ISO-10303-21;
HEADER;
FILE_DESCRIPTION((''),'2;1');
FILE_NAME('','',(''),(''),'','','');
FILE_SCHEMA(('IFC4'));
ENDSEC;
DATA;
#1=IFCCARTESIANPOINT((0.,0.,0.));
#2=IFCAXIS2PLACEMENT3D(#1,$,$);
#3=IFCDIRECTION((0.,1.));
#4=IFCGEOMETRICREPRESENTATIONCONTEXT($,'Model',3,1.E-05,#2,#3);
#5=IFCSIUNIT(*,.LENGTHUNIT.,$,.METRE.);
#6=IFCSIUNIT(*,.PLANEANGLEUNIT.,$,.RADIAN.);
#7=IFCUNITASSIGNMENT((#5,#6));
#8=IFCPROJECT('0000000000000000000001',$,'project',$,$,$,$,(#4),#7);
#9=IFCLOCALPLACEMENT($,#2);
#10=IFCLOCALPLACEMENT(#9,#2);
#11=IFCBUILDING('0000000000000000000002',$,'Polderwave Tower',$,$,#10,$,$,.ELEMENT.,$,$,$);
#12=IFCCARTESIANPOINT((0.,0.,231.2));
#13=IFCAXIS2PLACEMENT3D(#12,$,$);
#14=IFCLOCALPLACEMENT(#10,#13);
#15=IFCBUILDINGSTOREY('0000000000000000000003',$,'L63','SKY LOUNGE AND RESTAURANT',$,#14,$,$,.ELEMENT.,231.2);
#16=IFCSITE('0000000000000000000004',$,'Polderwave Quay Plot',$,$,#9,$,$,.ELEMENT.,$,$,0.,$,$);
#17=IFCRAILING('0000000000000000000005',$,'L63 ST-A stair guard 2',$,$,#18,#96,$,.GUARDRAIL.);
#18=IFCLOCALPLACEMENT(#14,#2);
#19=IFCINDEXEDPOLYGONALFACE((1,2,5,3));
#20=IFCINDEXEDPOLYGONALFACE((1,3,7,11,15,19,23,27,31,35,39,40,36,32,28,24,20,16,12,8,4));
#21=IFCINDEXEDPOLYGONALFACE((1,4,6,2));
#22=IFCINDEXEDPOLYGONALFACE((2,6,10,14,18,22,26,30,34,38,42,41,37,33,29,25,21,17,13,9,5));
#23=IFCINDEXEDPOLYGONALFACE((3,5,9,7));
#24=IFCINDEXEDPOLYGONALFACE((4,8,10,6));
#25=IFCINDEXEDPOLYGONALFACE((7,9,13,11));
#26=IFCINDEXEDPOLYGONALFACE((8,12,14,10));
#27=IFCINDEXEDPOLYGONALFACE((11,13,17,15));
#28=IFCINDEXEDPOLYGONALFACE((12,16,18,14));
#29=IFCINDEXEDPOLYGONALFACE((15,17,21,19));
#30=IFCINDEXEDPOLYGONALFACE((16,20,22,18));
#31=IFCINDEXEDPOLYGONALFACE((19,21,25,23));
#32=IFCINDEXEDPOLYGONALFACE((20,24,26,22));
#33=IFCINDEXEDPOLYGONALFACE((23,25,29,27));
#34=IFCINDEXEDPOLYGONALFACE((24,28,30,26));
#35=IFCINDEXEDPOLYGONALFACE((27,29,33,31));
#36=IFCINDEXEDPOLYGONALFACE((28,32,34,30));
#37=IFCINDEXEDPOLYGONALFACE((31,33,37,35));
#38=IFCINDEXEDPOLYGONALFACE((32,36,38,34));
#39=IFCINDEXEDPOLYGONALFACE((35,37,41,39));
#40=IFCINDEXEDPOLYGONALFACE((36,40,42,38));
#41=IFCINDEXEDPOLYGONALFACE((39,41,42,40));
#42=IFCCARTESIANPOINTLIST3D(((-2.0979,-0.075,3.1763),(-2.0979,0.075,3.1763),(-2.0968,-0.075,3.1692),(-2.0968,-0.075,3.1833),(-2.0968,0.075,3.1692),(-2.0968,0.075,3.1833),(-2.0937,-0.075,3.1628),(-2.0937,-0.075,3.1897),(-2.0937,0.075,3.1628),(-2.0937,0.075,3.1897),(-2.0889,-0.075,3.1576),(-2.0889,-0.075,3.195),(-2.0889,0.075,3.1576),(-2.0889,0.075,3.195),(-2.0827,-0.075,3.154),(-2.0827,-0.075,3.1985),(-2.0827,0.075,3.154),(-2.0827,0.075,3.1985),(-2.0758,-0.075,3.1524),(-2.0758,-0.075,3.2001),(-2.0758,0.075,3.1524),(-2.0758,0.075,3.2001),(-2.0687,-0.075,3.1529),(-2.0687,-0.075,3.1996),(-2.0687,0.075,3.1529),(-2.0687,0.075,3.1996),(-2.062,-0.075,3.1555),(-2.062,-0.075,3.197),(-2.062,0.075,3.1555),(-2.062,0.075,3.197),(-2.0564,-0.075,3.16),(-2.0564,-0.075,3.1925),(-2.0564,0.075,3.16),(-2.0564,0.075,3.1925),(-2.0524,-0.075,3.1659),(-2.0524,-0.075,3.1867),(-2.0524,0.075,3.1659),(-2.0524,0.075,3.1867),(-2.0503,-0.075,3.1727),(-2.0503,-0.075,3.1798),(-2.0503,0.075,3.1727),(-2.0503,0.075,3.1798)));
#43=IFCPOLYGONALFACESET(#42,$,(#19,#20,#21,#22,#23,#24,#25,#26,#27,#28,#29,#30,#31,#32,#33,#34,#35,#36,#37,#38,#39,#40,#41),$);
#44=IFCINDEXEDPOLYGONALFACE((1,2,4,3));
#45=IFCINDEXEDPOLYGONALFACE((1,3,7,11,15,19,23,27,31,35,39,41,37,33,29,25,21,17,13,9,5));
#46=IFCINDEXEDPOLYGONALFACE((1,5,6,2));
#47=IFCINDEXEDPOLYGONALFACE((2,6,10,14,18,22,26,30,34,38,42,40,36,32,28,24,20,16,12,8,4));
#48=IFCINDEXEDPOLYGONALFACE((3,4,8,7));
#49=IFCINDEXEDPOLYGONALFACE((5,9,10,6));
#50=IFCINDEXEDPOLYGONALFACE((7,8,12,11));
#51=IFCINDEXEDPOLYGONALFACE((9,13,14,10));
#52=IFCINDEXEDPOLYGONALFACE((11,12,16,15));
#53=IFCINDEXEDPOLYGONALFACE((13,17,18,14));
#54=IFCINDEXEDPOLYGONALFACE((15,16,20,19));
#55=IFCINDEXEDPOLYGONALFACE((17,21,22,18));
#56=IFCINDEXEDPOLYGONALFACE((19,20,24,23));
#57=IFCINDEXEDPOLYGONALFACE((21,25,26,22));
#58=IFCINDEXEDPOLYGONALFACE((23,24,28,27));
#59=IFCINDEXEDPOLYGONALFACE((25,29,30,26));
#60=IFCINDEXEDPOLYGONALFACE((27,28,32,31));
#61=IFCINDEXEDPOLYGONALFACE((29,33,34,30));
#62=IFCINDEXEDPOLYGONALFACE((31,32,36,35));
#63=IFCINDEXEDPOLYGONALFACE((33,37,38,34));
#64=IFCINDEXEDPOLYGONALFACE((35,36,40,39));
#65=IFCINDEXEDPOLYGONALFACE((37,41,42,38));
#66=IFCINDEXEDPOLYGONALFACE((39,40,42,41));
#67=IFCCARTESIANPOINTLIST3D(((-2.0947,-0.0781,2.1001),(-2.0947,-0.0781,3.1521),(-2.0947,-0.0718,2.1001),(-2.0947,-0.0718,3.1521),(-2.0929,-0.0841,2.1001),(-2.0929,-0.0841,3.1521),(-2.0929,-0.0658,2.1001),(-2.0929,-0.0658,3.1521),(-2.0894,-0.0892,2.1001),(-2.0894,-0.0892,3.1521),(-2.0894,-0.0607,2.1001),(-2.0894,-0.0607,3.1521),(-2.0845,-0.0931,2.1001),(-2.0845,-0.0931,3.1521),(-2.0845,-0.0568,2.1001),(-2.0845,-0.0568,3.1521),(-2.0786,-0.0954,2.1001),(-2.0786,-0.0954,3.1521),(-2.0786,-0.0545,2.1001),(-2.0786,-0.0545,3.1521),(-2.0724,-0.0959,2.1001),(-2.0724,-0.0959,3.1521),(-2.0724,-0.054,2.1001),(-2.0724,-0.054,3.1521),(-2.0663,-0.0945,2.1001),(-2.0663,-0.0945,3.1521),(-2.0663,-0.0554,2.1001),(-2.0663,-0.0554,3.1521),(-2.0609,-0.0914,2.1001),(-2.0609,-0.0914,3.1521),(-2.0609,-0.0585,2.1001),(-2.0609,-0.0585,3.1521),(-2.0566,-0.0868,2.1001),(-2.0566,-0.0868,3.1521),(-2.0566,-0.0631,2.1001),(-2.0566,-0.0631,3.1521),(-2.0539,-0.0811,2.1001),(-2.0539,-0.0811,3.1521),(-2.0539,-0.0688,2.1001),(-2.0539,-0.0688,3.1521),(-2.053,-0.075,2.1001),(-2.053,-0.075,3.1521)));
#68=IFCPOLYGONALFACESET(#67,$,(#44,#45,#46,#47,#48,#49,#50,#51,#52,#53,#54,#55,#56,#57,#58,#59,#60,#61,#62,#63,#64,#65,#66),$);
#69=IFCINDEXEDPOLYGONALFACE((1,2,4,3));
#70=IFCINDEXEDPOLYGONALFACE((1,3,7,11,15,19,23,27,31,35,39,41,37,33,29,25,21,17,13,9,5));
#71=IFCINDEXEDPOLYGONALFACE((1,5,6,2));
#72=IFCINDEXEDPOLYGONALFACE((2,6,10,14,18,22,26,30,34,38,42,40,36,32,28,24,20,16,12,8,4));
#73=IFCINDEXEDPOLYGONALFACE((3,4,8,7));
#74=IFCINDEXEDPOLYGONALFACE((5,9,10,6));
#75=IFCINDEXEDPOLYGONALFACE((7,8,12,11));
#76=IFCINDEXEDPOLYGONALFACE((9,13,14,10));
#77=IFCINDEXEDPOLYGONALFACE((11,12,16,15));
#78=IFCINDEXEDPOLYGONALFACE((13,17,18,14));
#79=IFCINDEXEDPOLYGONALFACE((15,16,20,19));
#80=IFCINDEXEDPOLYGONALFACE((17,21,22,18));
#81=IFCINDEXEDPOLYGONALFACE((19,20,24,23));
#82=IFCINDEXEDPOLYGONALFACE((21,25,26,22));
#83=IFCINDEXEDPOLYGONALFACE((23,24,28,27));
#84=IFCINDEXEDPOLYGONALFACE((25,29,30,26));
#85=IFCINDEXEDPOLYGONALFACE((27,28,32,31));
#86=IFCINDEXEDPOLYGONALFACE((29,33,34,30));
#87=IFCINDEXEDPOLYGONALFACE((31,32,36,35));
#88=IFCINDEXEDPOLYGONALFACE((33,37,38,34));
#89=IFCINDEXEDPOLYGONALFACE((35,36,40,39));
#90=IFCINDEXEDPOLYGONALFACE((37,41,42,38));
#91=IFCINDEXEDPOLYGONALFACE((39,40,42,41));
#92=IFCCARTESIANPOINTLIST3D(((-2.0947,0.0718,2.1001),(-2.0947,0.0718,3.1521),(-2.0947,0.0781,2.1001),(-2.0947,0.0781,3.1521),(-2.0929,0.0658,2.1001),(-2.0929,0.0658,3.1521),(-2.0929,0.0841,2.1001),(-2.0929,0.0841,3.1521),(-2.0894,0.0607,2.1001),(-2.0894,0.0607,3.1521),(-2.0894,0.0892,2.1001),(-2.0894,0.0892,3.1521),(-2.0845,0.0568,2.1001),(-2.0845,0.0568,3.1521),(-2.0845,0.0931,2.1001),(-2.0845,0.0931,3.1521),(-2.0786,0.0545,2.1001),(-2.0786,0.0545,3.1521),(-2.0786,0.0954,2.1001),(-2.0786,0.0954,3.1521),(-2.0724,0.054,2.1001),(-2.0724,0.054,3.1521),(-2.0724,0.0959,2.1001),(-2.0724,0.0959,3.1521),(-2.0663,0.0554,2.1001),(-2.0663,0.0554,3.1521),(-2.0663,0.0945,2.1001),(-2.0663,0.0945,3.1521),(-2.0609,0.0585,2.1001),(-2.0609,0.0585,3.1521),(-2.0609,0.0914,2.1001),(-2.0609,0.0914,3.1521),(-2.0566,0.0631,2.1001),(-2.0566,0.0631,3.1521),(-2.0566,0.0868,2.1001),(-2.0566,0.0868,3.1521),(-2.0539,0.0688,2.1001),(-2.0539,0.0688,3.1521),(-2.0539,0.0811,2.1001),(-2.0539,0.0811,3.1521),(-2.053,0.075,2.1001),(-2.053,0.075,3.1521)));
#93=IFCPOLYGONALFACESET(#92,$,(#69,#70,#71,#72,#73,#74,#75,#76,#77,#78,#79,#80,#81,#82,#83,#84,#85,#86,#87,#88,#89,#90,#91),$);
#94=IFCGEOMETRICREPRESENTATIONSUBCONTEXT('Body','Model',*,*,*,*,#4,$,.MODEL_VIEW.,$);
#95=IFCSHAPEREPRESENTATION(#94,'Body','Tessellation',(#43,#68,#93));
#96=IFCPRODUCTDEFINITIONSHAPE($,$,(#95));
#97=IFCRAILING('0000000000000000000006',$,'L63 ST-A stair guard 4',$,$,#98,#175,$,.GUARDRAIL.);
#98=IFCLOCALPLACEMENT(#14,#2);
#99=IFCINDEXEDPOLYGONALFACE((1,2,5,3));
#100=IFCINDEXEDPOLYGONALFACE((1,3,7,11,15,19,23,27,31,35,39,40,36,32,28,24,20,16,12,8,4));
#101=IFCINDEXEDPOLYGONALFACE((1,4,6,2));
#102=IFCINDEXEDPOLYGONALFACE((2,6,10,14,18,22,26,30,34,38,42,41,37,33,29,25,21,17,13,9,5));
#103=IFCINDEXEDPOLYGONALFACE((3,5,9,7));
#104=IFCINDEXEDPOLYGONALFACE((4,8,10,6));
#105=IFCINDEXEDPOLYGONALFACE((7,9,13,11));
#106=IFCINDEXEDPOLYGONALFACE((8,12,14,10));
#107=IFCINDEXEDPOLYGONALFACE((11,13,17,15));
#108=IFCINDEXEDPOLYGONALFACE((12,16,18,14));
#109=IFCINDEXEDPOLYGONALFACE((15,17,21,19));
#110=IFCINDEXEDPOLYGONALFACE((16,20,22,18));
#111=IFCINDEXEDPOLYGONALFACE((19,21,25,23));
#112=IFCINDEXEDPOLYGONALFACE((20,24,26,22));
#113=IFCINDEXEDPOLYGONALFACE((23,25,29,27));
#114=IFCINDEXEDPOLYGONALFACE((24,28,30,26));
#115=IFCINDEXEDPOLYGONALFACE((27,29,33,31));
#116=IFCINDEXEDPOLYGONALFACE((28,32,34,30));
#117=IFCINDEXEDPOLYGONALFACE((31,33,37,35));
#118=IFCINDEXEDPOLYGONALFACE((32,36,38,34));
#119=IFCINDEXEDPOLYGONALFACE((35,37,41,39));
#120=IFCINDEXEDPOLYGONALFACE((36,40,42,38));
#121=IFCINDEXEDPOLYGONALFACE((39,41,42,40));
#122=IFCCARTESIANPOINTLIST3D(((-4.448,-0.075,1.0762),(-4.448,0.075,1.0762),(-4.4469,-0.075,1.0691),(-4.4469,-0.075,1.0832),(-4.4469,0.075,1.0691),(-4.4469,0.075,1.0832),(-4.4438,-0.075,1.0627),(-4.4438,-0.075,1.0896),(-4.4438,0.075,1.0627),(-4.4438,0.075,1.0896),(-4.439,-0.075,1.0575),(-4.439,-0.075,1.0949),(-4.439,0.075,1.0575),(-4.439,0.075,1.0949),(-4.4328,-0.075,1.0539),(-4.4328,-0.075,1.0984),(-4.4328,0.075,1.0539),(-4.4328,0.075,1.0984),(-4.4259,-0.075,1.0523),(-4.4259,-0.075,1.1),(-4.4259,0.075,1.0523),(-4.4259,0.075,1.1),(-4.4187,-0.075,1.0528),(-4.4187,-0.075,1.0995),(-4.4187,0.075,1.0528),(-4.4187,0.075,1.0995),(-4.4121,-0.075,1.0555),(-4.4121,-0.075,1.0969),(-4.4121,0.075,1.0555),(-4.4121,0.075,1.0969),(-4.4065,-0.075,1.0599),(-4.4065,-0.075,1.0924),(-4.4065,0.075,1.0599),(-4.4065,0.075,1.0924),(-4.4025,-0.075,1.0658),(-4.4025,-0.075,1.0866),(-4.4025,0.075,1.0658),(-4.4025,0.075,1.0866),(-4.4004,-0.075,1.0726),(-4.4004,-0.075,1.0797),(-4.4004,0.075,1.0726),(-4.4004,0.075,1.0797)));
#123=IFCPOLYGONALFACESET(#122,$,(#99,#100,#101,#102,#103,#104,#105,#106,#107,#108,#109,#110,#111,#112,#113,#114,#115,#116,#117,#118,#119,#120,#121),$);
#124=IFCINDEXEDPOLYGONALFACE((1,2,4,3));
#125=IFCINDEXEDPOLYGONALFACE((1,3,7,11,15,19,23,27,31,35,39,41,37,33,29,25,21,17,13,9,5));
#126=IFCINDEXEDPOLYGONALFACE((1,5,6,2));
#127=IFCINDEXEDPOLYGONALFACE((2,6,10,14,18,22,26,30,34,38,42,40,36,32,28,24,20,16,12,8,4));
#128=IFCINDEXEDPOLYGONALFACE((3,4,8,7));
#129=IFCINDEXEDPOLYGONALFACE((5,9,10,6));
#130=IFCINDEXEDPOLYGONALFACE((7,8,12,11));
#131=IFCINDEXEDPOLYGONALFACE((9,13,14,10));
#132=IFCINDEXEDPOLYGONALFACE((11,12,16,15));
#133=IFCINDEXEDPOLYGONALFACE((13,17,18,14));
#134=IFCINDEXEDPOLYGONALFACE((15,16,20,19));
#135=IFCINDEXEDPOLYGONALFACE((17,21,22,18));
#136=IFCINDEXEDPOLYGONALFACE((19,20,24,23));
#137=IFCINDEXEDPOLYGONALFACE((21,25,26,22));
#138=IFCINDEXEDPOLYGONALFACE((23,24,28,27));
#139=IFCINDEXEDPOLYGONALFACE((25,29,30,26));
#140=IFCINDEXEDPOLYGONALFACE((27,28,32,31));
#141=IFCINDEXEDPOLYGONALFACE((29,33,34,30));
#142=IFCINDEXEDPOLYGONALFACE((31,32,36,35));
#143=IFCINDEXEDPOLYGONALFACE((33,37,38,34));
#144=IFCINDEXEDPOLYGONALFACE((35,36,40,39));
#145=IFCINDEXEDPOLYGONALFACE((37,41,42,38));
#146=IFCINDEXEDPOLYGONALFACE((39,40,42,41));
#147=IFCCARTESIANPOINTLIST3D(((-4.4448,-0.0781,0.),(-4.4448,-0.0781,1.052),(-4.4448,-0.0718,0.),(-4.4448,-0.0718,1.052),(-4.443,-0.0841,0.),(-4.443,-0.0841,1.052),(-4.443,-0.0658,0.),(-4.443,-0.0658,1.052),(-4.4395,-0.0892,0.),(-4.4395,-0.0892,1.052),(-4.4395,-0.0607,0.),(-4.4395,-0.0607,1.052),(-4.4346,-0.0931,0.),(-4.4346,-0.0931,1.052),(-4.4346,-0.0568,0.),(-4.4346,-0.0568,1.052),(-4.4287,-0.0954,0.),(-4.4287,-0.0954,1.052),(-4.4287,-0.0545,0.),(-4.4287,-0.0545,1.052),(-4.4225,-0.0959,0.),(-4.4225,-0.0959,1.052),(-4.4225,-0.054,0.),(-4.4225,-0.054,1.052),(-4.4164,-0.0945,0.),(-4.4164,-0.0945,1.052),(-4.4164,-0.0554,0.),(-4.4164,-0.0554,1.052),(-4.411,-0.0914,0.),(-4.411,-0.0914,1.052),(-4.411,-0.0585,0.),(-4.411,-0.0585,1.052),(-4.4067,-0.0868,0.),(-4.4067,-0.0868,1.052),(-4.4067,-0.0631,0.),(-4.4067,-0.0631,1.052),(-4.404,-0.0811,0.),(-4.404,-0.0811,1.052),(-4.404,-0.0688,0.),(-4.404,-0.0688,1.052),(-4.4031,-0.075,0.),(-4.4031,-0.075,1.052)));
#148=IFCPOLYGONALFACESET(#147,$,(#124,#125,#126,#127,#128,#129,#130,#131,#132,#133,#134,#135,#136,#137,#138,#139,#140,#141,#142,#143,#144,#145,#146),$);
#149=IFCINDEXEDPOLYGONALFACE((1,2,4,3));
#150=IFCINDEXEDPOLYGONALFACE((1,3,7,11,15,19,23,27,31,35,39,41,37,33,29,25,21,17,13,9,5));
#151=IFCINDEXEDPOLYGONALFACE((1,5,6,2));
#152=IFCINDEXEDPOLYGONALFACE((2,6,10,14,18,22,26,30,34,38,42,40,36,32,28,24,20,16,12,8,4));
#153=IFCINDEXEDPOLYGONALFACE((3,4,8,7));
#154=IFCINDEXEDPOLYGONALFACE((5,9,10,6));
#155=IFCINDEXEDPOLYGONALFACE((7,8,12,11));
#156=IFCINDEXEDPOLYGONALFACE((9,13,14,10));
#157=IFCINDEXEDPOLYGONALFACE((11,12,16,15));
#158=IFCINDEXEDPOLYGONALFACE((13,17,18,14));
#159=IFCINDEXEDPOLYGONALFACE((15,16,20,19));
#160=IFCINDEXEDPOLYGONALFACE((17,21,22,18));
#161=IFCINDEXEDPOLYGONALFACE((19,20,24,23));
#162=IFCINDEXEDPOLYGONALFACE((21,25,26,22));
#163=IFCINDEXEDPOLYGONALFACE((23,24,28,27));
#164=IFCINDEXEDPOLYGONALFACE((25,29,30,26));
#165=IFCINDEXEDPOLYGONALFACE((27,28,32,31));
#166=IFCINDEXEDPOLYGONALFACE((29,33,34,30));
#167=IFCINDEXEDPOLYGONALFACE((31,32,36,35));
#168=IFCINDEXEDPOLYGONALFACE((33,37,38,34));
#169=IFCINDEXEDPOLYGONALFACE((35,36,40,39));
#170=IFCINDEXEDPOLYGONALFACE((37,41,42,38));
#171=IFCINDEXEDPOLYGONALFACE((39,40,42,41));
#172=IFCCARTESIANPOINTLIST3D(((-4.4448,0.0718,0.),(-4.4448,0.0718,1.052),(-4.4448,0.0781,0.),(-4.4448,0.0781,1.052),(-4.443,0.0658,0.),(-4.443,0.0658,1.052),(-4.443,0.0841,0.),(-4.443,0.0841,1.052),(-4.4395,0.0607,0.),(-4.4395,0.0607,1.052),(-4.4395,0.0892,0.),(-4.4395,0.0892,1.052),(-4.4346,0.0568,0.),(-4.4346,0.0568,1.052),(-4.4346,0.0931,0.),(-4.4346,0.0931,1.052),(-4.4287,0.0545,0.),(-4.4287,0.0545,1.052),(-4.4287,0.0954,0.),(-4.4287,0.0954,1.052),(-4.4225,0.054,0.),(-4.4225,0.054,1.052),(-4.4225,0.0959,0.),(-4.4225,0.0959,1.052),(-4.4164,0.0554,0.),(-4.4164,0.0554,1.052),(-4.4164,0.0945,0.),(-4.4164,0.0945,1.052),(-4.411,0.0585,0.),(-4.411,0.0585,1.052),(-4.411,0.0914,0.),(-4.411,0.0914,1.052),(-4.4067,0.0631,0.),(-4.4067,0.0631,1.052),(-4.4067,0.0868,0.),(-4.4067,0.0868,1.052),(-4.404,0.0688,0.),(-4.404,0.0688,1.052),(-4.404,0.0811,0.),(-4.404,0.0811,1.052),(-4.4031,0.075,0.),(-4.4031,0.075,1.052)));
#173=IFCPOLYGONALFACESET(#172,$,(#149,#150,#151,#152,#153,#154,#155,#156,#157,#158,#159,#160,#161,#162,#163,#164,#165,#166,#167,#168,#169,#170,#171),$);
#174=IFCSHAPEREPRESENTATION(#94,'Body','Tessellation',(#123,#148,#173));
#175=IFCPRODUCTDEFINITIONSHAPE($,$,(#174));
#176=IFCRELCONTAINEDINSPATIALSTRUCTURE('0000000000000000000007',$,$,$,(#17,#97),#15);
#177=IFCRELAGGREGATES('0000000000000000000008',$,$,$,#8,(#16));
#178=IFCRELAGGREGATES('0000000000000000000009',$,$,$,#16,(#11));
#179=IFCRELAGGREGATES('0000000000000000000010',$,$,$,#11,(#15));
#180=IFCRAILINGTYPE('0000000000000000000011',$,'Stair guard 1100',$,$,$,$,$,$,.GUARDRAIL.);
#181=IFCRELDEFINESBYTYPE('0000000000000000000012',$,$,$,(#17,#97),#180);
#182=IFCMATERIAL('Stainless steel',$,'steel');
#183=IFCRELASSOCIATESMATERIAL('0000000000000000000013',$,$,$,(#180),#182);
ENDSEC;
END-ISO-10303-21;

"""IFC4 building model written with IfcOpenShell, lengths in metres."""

from ifc_helpers import new_model, si_unit, direction, frame, origin, origin_2d, place, context, subcontext, project, spatial, circle, extrude, material, type_object, element, save


model = new_model("IFC4")

# Units and contexts
model_context = context("Model", 3, precision=1e-05, world=origin(), true_north=direction((0.0, 1.0)))
body_context = subcontext(model_context, "Body", "Model", "MODEL_VIEW")
ifc_project = project(units=[si_unit("LENGTHUNIT", "METRE"), si_unit("PLANEANGLEUNIT", "RADIAN")], contexts=[model_context])

# Site, building, storey
site_placement = place(None, origin())
site = spatial("IfcSite", under=ifc_project, at=site_placement, Name="Polderwave Quay Plot", CompositionType="ELEMENT", RefElevation=0.0)
building_placement = place(site_placement, origin())
building = spatial("IfcBuilding", under=site, at=building_placement, Name="Polderwave Tower", CompositionType="ELEMENT")
storey_placement = place(building_placement, frame((0.0, 0.0, 231.2)))
storey = spatial("IfcBuildingStorey", under=building, at=storey_placement, Name="L63", Description="SKY LOUNGE AND RESTAURANT", CompositionType="ELEMENT", Elevation=231.2)

# Railings
ifc_material_1 = material(Name="Stainless steel", Category="steel")
railing_type_1 = type_object("IfcRailingType", Name="Stair guard 1100", PredefinedType="GUARDRAIL", material=ifc_material_1)
for number, where, name in (
    (1, (-2.074, -0.075, 2.1001), "L63 ST-A stair guard 2"),
    (2, (-4.4241, -0.075, 0.0), "L63 ST-A stair guard 4"),
):
    element("IfcRailing", number, at=place(storey_placement, frame(where)), inside=storey, type_object=railing_type_1, Name=name, PredefinedType="GUARDRAIL", context=body_context, shape_type="SweptSolid", body=[
        extrude(circle(Radius=0.0239, at=origin_2d()), frame((0.0, 0.0, 1.0762), z_axis=(0.0, 1.0, 0.0), x_axis=(-1.0, 0.0, 0.0)), (0.0, 0.0, 1.0), 0.1499),
        extrude(circle(Radius=0.021, at=origin_2d()), origin(), (0.0, 0.0, 1.0), 1.052),
        extrude(circle(Radius=0.021, at=origin_2d()), frame((0.0, 0.1499, 0.0)), (0.0, 0.0, 1.0), 1.052),
    ])

save(model, "model.ifc")
